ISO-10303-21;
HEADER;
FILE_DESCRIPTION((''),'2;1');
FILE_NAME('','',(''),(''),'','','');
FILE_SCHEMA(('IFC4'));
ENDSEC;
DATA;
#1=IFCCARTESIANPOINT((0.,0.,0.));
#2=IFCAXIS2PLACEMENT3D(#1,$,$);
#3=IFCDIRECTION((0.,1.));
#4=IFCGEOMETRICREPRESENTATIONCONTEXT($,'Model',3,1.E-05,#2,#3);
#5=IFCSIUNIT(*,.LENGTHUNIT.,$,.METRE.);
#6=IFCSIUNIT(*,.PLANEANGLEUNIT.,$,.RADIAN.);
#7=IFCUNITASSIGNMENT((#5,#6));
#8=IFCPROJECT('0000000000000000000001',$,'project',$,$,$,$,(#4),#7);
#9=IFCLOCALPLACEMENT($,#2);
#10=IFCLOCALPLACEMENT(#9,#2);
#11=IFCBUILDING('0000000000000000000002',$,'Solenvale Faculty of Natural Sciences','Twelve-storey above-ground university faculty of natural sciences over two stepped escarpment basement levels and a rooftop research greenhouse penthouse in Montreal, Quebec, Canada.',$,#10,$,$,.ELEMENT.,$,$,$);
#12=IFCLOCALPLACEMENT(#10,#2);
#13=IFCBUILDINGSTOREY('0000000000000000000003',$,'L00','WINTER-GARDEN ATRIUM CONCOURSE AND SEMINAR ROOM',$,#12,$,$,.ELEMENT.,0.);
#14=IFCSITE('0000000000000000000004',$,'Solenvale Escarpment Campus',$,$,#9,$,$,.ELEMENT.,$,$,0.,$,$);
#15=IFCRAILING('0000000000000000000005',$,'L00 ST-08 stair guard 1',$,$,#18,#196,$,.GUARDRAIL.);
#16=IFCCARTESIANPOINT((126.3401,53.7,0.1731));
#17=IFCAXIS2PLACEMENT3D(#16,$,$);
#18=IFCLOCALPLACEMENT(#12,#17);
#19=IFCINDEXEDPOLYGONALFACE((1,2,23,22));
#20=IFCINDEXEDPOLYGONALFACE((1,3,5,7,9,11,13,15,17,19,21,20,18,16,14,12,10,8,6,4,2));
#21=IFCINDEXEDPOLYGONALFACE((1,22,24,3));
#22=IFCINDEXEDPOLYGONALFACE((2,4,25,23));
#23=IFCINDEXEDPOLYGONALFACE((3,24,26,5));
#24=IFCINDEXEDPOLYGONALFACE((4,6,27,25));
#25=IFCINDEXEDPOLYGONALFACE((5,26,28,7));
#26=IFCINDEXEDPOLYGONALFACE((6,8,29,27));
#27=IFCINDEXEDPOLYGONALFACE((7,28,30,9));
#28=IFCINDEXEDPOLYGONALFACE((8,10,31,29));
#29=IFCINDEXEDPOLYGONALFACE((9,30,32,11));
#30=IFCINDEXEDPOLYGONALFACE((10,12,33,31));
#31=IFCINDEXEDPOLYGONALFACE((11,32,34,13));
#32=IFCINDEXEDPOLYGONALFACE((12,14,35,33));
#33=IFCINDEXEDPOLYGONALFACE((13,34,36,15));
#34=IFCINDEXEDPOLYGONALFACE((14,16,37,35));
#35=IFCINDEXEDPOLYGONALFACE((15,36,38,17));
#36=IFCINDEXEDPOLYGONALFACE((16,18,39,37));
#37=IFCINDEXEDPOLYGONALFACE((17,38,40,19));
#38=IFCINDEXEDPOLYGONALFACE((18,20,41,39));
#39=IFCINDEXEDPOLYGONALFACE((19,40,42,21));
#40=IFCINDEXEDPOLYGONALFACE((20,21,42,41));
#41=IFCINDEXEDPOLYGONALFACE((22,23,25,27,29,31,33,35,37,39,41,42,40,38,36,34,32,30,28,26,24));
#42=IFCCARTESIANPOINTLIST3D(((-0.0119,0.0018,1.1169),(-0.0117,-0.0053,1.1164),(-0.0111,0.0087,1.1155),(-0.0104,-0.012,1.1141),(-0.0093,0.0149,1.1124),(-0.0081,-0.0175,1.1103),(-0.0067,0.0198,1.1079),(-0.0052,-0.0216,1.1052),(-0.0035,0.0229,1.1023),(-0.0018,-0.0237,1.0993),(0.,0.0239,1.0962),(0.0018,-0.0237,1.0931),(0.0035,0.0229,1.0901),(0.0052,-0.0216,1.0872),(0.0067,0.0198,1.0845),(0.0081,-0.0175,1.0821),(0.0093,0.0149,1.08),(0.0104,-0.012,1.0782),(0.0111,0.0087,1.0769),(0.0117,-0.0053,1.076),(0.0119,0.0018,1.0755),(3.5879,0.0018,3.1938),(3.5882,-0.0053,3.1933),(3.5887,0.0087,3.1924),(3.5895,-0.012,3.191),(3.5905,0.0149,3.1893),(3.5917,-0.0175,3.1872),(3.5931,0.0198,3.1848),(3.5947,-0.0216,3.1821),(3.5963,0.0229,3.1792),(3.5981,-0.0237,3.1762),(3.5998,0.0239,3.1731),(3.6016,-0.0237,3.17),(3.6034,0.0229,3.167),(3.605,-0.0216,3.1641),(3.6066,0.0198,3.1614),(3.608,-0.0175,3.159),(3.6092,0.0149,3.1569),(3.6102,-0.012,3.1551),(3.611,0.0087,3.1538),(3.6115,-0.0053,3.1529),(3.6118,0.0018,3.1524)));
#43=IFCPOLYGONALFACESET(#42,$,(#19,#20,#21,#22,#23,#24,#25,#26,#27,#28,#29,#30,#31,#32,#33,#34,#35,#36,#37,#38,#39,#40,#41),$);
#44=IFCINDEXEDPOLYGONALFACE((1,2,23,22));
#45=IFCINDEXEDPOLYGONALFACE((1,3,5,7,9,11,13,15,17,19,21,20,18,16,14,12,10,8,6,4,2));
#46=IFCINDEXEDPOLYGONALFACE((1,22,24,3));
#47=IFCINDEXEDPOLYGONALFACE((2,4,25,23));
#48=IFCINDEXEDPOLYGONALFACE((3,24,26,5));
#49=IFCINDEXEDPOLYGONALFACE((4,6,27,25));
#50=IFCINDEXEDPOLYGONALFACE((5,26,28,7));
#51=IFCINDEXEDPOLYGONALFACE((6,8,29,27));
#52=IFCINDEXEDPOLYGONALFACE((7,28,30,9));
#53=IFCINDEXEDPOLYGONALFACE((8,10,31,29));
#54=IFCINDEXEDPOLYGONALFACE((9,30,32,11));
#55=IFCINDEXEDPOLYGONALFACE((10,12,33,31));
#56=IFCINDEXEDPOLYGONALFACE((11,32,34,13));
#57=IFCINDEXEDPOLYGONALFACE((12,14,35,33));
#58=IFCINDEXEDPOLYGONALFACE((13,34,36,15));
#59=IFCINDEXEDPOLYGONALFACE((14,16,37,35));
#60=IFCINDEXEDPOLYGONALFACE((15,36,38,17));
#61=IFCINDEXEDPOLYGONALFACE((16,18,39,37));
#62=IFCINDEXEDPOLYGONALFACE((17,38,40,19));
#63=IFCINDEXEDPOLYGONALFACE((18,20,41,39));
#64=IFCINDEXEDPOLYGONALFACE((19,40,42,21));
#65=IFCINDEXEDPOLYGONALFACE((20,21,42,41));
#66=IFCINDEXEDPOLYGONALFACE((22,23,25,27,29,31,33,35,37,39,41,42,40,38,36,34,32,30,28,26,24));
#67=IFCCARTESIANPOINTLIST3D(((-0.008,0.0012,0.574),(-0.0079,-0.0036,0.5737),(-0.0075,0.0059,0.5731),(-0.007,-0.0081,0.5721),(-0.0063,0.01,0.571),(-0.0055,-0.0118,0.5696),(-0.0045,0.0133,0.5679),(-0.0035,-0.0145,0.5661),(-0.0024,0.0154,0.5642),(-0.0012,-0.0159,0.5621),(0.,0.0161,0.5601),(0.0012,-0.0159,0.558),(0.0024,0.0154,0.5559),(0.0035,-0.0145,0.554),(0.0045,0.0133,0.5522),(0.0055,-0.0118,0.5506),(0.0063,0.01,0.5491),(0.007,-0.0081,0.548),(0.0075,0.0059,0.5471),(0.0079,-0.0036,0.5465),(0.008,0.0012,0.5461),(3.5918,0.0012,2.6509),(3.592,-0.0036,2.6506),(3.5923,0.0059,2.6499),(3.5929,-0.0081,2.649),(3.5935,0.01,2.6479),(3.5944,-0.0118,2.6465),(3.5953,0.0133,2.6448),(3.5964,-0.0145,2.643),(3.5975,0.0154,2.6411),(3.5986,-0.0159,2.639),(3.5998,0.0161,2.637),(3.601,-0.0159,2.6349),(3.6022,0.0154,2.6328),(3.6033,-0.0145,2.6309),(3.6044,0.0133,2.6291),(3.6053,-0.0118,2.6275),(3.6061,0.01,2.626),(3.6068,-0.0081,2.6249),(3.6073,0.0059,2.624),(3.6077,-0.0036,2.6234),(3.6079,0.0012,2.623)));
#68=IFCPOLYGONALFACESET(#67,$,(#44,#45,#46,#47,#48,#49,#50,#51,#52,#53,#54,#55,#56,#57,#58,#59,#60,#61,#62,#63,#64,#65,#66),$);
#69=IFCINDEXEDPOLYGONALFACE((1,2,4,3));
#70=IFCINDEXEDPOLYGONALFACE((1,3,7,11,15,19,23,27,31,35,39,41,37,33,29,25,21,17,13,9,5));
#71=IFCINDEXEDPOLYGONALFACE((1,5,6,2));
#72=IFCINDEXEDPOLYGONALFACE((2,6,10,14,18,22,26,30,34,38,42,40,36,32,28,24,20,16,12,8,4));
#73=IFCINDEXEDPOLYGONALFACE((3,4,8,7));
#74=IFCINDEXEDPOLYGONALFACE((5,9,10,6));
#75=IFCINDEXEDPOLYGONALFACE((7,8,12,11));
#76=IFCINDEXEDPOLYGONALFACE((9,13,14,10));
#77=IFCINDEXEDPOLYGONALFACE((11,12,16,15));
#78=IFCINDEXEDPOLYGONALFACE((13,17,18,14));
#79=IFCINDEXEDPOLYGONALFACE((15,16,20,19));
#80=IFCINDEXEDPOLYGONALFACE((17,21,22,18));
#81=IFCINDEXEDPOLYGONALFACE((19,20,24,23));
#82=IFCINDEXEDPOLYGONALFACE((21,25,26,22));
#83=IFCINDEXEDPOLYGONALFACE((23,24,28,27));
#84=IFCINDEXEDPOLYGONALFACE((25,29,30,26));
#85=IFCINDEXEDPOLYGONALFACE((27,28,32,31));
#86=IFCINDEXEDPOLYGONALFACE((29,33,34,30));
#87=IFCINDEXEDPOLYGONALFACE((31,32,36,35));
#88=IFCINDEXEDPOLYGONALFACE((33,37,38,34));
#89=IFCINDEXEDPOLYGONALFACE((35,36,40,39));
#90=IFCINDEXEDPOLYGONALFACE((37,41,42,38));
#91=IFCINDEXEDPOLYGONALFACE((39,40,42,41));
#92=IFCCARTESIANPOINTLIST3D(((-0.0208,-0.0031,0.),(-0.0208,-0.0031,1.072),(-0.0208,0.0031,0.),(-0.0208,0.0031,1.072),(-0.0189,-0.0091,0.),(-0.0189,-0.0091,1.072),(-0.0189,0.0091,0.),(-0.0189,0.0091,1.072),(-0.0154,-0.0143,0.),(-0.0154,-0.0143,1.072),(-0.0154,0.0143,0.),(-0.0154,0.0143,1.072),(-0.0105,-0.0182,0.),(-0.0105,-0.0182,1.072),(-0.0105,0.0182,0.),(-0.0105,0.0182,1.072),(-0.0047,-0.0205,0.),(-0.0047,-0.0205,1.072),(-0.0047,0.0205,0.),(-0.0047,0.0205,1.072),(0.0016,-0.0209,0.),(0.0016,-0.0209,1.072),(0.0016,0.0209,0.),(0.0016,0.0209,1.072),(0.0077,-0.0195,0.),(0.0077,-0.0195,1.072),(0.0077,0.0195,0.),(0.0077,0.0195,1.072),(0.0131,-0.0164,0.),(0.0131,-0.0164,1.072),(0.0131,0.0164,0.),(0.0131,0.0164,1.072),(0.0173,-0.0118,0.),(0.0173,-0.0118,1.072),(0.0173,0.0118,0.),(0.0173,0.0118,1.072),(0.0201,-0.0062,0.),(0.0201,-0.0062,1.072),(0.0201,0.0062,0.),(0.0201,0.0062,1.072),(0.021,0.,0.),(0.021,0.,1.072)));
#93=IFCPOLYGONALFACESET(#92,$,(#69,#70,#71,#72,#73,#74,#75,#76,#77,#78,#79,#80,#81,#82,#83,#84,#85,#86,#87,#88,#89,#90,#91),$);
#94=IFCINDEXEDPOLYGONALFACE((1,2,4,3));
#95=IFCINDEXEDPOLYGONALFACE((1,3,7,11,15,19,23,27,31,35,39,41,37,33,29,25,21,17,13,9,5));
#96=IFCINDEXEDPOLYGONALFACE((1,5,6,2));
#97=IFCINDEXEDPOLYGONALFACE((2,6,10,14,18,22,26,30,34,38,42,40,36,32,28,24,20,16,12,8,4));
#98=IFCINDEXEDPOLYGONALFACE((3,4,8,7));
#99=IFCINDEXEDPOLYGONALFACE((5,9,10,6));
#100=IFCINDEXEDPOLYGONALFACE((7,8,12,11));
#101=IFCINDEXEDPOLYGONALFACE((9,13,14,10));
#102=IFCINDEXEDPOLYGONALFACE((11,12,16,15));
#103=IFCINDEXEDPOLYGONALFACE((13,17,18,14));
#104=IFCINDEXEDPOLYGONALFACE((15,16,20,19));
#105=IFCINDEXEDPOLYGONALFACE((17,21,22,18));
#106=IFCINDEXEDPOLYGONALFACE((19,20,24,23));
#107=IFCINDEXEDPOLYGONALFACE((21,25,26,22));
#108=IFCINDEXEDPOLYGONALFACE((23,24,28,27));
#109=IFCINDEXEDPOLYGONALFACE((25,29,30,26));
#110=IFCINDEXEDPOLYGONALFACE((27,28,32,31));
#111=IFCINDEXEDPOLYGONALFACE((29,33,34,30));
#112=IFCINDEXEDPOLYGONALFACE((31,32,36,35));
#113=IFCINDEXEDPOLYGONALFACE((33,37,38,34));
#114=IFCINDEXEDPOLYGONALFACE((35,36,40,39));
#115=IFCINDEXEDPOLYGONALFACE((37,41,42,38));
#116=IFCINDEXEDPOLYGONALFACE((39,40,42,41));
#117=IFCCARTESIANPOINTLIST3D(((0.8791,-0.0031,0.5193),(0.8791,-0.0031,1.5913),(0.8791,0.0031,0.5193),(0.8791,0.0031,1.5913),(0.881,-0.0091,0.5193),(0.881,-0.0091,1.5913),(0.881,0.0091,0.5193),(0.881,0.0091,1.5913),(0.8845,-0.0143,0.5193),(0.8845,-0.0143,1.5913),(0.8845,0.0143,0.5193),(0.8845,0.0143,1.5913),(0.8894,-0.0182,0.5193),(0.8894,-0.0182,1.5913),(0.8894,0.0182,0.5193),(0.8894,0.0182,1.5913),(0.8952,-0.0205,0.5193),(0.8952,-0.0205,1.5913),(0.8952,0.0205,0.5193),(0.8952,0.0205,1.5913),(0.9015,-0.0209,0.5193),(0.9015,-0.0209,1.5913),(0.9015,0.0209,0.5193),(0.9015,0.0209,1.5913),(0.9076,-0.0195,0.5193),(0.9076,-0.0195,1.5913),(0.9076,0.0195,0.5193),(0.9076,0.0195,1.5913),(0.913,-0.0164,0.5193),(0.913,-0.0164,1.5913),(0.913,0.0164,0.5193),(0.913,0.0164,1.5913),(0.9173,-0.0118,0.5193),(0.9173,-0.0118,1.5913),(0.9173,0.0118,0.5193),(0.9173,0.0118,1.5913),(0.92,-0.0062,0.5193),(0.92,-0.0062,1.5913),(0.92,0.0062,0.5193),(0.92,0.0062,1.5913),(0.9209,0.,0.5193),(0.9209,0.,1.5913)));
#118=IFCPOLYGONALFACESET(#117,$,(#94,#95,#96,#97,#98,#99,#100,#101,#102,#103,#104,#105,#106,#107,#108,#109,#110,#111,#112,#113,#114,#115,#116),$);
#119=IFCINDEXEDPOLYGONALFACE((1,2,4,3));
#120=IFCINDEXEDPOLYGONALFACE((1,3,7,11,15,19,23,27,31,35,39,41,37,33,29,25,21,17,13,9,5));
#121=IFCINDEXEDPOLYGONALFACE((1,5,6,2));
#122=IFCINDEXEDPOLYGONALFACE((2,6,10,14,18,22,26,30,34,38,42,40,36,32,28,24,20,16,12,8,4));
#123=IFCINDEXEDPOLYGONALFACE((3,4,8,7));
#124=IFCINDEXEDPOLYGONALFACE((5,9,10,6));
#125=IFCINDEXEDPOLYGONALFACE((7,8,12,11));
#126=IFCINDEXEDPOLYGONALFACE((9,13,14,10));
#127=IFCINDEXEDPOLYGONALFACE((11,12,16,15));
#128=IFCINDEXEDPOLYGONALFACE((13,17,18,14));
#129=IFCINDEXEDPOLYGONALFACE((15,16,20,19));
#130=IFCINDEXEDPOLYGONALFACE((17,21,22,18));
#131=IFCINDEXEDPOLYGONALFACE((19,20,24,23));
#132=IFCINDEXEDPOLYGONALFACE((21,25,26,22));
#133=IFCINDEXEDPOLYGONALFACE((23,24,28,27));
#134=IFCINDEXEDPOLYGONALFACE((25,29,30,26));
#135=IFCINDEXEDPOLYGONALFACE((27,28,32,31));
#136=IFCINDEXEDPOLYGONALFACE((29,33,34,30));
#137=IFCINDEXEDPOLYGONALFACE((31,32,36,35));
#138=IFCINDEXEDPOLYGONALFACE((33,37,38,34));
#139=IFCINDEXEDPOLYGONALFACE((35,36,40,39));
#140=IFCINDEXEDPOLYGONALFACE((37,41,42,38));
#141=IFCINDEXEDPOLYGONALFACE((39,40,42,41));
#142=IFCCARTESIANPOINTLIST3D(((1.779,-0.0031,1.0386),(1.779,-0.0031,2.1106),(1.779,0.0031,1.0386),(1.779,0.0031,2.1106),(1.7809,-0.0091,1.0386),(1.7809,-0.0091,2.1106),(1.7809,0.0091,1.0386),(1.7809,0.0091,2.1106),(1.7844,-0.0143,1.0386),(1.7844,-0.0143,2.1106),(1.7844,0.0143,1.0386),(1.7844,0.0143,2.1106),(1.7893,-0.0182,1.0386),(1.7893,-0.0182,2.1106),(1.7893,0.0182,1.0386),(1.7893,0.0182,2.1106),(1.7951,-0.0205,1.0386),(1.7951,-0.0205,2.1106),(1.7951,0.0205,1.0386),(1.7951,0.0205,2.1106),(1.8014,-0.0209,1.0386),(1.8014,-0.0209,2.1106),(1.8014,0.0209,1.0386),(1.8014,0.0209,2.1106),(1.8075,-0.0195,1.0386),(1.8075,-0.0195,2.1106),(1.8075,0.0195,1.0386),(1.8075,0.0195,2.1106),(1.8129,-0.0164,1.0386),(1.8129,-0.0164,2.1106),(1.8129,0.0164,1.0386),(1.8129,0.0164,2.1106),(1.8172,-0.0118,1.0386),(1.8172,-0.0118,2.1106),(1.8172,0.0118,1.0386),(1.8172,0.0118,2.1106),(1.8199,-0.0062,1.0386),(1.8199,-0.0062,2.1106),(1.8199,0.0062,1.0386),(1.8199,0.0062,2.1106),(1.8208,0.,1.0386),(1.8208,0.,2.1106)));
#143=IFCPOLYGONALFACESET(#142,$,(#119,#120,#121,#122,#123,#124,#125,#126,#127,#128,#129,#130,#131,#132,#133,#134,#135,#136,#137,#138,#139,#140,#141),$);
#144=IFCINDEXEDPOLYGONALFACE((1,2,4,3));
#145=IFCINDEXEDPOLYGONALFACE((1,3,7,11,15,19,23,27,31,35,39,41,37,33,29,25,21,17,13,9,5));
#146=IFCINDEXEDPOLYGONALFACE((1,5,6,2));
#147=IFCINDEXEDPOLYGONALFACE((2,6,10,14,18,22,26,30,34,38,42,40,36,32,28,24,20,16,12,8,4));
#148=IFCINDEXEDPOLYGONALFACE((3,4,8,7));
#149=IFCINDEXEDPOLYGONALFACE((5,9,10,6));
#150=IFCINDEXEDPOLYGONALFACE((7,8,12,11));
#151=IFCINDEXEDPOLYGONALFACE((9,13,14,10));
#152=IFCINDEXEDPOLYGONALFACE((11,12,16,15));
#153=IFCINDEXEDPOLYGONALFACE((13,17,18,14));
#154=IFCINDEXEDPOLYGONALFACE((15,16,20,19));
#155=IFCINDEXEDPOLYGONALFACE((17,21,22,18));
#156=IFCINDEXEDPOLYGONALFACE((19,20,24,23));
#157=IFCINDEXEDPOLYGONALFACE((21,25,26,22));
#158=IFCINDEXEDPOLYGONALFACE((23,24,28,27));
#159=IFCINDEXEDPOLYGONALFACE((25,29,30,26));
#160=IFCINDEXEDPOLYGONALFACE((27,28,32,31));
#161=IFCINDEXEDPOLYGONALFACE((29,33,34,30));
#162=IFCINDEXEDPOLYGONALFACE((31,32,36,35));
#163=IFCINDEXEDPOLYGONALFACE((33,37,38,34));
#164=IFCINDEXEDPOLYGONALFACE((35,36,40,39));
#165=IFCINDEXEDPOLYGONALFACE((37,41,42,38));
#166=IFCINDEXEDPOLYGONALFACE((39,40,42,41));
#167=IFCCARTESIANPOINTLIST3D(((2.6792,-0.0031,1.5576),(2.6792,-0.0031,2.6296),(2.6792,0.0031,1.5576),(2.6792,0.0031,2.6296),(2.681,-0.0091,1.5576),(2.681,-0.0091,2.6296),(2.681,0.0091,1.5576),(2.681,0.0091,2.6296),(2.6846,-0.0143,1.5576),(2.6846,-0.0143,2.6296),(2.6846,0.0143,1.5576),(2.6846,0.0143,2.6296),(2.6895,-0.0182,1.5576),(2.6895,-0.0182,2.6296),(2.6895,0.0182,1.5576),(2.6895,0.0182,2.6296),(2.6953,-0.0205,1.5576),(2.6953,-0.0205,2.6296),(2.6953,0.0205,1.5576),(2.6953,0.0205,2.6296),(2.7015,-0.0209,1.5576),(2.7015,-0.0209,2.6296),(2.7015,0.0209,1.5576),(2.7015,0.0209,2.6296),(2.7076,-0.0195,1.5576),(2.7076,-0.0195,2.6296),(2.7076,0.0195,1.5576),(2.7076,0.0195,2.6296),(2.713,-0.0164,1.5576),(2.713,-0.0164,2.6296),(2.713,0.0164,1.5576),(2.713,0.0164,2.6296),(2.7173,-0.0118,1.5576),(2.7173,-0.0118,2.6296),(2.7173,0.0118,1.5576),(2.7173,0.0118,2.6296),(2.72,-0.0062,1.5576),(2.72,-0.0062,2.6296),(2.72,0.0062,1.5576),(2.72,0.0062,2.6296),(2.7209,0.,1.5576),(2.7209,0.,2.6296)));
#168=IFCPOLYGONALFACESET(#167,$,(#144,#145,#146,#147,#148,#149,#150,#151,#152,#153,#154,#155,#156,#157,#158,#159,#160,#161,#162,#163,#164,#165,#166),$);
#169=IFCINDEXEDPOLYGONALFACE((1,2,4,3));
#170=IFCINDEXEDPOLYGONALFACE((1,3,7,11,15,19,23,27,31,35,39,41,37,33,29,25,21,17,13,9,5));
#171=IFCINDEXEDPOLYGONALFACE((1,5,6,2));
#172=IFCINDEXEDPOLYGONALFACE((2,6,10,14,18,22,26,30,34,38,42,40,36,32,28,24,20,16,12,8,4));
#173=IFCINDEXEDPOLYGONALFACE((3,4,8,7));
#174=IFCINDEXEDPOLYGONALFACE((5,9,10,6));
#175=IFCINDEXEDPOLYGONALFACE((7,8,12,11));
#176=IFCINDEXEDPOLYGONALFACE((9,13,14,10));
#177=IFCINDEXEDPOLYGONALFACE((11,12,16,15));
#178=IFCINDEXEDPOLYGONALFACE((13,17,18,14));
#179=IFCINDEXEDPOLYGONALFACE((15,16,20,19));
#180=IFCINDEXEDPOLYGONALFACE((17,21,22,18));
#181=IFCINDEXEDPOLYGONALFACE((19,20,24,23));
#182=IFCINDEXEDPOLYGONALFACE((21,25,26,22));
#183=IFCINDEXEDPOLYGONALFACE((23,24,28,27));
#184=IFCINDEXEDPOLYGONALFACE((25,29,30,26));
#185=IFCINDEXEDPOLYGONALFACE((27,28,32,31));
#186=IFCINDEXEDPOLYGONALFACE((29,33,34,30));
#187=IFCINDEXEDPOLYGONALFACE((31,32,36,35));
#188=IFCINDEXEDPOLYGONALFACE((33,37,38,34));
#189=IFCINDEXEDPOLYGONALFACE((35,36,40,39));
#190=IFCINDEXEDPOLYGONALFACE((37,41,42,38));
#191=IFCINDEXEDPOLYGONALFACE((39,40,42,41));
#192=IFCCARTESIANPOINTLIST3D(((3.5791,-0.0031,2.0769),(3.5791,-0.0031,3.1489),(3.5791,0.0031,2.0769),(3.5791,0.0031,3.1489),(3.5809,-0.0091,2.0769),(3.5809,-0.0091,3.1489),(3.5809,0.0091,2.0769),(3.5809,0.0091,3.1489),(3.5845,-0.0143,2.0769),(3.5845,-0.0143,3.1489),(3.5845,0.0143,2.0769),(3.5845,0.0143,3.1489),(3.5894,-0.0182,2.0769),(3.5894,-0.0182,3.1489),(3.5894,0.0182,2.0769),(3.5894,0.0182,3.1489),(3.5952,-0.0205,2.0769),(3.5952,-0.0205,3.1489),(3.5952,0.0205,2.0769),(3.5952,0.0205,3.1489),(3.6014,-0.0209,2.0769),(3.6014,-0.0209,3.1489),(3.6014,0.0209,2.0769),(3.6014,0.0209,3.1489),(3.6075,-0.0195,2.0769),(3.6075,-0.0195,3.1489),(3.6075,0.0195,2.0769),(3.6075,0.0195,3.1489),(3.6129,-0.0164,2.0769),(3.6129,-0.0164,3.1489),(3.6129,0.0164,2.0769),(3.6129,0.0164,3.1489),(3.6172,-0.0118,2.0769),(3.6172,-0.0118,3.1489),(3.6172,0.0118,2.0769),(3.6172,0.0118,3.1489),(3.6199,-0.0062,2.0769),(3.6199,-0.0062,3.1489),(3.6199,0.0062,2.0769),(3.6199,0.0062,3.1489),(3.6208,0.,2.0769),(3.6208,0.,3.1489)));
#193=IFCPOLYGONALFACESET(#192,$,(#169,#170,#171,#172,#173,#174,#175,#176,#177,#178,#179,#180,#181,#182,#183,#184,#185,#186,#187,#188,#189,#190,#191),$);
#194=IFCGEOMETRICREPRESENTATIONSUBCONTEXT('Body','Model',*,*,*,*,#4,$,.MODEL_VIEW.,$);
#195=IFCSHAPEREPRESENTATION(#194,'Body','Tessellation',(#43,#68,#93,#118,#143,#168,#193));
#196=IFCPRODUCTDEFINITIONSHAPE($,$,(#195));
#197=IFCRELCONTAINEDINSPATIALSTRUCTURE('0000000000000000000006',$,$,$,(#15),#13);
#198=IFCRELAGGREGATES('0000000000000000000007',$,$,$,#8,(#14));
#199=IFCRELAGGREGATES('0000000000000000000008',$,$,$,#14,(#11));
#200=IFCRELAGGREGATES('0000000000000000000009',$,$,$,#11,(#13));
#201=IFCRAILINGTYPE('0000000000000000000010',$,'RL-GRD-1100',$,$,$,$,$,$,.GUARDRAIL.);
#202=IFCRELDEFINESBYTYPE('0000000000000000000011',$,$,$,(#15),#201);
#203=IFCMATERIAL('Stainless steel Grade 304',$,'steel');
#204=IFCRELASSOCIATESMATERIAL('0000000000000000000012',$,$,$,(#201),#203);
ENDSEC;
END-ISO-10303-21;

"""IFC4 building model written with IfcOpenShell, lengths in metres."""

from ifc_helpers import new_model, si_unit, direction, frame, origin, origin_2d, place, context, subcontext, project, spatial, circle, extrude, material, type_object, element, save


model = new_model("IFC4")

# Units and contexts
model_context = context("Model", 3, precision=1e-05, world=origin(), true_north=direction((0.0, 1.0)))
body_context = subcontext(model_context, "Body", "Model", "MODEL_VIEW")
ifc_project = project(units=[si_unit("LENGTHUNIT", "METRE"), si_unit("PLANEANGLEUNIT", "RADIAN")], contexts=[model_context])

# Site, building, storey
site_placement = place(None, origin())
site = spatial("IfcSite", under=ifc_project, at=site_placement, Name="Solenvale Escarpment Campus", CompositionType="ELEMENT", RefElevation=0.0)
building_placement = place(site_placement, origin())
building = spatial("IfcBuilding", under=site, at=building_placement, Name="Solenvale Faculty of Natural Sciences", Description="Twelve-storey above-ground university faculty of natural sciences over two stepped escarpment basement levels and a rooftop research greenhouse penthouse in Montreal, Quebec, Canada.", CompositionType="ELEMENT")
storey_placement = place(building_placement, origin())
storey = spatial("IfcBuildingStorey", under=building, at=storey_placement, Name="L00", Description="WINTER-GARDEN ATRIUM CONCOURSE AND SEMINAR ROOM", CompositionType="ELEMENT", Elevation=0.0)

# Railing
ifc_material_1 = material(Name="Stainless steel Grade 304", Category="steel")
railing_type_1 = type_object("IfcRailingType", Name="RL-GRD-1100", PredefinedType="GUARDRAIL", material=ifc_material_1)
railing_1_placement = place(storey_placement, frame((126.3401, 53.7, 0.1731)))
element("IfcRailing", 1, at=railing_1_placement, inside=storey, type_object=railing_type_1, Name="L00 ST-08 stair guard 1", PredefinedType="GUARDRAIL", context=body_context, shape_type="SweptSolid", body=[
    extrude(circle(Radius=0.0239, at=origin_2d()), frame((0.0, 0.0, 1.0962), z_axis=(0.866179, 0.0, 0.499734), x_axis=(0.0, 1.0, 0.0)), (0.0, 0.0, 1.0), 4.156),
    extrude(circle(Radius=0.0161, at=origin_2d()), frame((0.0, 0.0, 0.5601), z_axis=(0.866179, 0.0, 0.499734), x_axis=(0.0, 1.0, 0.0)), (0.0, 0.0, 1.0), 4.156),
    extrude(circle(Radius=0.021, at=origin_2d()), origin(), (0.0, 0.0, 1.0), 1.072),
    extrude(circle(Radius=0.021, at=origin_2d()), frame((0.8999, 0.0, 0.5193)), (0.0, 0.0, 1.0), 1.072),
    extrude(circle(Radius=0.021, at=origin_2d()), frame((1.7998, 0.0, 1.0386)), (0.0, 0.0, 1.0), 1.072),
    extrude(circle(Radius=0.021, at=origin_2d()), frame((2.7, 0.0, 1.5576)), (0.0, 0.0, 1.0), 1.072),
    extrude(circle(Radius=0.021, at=origin_2d()), frame((3.5999, 0.0, 2.0769)), (0.0, 0.0, 1.0), 1.072),
])

save(model, "model.ifc")
